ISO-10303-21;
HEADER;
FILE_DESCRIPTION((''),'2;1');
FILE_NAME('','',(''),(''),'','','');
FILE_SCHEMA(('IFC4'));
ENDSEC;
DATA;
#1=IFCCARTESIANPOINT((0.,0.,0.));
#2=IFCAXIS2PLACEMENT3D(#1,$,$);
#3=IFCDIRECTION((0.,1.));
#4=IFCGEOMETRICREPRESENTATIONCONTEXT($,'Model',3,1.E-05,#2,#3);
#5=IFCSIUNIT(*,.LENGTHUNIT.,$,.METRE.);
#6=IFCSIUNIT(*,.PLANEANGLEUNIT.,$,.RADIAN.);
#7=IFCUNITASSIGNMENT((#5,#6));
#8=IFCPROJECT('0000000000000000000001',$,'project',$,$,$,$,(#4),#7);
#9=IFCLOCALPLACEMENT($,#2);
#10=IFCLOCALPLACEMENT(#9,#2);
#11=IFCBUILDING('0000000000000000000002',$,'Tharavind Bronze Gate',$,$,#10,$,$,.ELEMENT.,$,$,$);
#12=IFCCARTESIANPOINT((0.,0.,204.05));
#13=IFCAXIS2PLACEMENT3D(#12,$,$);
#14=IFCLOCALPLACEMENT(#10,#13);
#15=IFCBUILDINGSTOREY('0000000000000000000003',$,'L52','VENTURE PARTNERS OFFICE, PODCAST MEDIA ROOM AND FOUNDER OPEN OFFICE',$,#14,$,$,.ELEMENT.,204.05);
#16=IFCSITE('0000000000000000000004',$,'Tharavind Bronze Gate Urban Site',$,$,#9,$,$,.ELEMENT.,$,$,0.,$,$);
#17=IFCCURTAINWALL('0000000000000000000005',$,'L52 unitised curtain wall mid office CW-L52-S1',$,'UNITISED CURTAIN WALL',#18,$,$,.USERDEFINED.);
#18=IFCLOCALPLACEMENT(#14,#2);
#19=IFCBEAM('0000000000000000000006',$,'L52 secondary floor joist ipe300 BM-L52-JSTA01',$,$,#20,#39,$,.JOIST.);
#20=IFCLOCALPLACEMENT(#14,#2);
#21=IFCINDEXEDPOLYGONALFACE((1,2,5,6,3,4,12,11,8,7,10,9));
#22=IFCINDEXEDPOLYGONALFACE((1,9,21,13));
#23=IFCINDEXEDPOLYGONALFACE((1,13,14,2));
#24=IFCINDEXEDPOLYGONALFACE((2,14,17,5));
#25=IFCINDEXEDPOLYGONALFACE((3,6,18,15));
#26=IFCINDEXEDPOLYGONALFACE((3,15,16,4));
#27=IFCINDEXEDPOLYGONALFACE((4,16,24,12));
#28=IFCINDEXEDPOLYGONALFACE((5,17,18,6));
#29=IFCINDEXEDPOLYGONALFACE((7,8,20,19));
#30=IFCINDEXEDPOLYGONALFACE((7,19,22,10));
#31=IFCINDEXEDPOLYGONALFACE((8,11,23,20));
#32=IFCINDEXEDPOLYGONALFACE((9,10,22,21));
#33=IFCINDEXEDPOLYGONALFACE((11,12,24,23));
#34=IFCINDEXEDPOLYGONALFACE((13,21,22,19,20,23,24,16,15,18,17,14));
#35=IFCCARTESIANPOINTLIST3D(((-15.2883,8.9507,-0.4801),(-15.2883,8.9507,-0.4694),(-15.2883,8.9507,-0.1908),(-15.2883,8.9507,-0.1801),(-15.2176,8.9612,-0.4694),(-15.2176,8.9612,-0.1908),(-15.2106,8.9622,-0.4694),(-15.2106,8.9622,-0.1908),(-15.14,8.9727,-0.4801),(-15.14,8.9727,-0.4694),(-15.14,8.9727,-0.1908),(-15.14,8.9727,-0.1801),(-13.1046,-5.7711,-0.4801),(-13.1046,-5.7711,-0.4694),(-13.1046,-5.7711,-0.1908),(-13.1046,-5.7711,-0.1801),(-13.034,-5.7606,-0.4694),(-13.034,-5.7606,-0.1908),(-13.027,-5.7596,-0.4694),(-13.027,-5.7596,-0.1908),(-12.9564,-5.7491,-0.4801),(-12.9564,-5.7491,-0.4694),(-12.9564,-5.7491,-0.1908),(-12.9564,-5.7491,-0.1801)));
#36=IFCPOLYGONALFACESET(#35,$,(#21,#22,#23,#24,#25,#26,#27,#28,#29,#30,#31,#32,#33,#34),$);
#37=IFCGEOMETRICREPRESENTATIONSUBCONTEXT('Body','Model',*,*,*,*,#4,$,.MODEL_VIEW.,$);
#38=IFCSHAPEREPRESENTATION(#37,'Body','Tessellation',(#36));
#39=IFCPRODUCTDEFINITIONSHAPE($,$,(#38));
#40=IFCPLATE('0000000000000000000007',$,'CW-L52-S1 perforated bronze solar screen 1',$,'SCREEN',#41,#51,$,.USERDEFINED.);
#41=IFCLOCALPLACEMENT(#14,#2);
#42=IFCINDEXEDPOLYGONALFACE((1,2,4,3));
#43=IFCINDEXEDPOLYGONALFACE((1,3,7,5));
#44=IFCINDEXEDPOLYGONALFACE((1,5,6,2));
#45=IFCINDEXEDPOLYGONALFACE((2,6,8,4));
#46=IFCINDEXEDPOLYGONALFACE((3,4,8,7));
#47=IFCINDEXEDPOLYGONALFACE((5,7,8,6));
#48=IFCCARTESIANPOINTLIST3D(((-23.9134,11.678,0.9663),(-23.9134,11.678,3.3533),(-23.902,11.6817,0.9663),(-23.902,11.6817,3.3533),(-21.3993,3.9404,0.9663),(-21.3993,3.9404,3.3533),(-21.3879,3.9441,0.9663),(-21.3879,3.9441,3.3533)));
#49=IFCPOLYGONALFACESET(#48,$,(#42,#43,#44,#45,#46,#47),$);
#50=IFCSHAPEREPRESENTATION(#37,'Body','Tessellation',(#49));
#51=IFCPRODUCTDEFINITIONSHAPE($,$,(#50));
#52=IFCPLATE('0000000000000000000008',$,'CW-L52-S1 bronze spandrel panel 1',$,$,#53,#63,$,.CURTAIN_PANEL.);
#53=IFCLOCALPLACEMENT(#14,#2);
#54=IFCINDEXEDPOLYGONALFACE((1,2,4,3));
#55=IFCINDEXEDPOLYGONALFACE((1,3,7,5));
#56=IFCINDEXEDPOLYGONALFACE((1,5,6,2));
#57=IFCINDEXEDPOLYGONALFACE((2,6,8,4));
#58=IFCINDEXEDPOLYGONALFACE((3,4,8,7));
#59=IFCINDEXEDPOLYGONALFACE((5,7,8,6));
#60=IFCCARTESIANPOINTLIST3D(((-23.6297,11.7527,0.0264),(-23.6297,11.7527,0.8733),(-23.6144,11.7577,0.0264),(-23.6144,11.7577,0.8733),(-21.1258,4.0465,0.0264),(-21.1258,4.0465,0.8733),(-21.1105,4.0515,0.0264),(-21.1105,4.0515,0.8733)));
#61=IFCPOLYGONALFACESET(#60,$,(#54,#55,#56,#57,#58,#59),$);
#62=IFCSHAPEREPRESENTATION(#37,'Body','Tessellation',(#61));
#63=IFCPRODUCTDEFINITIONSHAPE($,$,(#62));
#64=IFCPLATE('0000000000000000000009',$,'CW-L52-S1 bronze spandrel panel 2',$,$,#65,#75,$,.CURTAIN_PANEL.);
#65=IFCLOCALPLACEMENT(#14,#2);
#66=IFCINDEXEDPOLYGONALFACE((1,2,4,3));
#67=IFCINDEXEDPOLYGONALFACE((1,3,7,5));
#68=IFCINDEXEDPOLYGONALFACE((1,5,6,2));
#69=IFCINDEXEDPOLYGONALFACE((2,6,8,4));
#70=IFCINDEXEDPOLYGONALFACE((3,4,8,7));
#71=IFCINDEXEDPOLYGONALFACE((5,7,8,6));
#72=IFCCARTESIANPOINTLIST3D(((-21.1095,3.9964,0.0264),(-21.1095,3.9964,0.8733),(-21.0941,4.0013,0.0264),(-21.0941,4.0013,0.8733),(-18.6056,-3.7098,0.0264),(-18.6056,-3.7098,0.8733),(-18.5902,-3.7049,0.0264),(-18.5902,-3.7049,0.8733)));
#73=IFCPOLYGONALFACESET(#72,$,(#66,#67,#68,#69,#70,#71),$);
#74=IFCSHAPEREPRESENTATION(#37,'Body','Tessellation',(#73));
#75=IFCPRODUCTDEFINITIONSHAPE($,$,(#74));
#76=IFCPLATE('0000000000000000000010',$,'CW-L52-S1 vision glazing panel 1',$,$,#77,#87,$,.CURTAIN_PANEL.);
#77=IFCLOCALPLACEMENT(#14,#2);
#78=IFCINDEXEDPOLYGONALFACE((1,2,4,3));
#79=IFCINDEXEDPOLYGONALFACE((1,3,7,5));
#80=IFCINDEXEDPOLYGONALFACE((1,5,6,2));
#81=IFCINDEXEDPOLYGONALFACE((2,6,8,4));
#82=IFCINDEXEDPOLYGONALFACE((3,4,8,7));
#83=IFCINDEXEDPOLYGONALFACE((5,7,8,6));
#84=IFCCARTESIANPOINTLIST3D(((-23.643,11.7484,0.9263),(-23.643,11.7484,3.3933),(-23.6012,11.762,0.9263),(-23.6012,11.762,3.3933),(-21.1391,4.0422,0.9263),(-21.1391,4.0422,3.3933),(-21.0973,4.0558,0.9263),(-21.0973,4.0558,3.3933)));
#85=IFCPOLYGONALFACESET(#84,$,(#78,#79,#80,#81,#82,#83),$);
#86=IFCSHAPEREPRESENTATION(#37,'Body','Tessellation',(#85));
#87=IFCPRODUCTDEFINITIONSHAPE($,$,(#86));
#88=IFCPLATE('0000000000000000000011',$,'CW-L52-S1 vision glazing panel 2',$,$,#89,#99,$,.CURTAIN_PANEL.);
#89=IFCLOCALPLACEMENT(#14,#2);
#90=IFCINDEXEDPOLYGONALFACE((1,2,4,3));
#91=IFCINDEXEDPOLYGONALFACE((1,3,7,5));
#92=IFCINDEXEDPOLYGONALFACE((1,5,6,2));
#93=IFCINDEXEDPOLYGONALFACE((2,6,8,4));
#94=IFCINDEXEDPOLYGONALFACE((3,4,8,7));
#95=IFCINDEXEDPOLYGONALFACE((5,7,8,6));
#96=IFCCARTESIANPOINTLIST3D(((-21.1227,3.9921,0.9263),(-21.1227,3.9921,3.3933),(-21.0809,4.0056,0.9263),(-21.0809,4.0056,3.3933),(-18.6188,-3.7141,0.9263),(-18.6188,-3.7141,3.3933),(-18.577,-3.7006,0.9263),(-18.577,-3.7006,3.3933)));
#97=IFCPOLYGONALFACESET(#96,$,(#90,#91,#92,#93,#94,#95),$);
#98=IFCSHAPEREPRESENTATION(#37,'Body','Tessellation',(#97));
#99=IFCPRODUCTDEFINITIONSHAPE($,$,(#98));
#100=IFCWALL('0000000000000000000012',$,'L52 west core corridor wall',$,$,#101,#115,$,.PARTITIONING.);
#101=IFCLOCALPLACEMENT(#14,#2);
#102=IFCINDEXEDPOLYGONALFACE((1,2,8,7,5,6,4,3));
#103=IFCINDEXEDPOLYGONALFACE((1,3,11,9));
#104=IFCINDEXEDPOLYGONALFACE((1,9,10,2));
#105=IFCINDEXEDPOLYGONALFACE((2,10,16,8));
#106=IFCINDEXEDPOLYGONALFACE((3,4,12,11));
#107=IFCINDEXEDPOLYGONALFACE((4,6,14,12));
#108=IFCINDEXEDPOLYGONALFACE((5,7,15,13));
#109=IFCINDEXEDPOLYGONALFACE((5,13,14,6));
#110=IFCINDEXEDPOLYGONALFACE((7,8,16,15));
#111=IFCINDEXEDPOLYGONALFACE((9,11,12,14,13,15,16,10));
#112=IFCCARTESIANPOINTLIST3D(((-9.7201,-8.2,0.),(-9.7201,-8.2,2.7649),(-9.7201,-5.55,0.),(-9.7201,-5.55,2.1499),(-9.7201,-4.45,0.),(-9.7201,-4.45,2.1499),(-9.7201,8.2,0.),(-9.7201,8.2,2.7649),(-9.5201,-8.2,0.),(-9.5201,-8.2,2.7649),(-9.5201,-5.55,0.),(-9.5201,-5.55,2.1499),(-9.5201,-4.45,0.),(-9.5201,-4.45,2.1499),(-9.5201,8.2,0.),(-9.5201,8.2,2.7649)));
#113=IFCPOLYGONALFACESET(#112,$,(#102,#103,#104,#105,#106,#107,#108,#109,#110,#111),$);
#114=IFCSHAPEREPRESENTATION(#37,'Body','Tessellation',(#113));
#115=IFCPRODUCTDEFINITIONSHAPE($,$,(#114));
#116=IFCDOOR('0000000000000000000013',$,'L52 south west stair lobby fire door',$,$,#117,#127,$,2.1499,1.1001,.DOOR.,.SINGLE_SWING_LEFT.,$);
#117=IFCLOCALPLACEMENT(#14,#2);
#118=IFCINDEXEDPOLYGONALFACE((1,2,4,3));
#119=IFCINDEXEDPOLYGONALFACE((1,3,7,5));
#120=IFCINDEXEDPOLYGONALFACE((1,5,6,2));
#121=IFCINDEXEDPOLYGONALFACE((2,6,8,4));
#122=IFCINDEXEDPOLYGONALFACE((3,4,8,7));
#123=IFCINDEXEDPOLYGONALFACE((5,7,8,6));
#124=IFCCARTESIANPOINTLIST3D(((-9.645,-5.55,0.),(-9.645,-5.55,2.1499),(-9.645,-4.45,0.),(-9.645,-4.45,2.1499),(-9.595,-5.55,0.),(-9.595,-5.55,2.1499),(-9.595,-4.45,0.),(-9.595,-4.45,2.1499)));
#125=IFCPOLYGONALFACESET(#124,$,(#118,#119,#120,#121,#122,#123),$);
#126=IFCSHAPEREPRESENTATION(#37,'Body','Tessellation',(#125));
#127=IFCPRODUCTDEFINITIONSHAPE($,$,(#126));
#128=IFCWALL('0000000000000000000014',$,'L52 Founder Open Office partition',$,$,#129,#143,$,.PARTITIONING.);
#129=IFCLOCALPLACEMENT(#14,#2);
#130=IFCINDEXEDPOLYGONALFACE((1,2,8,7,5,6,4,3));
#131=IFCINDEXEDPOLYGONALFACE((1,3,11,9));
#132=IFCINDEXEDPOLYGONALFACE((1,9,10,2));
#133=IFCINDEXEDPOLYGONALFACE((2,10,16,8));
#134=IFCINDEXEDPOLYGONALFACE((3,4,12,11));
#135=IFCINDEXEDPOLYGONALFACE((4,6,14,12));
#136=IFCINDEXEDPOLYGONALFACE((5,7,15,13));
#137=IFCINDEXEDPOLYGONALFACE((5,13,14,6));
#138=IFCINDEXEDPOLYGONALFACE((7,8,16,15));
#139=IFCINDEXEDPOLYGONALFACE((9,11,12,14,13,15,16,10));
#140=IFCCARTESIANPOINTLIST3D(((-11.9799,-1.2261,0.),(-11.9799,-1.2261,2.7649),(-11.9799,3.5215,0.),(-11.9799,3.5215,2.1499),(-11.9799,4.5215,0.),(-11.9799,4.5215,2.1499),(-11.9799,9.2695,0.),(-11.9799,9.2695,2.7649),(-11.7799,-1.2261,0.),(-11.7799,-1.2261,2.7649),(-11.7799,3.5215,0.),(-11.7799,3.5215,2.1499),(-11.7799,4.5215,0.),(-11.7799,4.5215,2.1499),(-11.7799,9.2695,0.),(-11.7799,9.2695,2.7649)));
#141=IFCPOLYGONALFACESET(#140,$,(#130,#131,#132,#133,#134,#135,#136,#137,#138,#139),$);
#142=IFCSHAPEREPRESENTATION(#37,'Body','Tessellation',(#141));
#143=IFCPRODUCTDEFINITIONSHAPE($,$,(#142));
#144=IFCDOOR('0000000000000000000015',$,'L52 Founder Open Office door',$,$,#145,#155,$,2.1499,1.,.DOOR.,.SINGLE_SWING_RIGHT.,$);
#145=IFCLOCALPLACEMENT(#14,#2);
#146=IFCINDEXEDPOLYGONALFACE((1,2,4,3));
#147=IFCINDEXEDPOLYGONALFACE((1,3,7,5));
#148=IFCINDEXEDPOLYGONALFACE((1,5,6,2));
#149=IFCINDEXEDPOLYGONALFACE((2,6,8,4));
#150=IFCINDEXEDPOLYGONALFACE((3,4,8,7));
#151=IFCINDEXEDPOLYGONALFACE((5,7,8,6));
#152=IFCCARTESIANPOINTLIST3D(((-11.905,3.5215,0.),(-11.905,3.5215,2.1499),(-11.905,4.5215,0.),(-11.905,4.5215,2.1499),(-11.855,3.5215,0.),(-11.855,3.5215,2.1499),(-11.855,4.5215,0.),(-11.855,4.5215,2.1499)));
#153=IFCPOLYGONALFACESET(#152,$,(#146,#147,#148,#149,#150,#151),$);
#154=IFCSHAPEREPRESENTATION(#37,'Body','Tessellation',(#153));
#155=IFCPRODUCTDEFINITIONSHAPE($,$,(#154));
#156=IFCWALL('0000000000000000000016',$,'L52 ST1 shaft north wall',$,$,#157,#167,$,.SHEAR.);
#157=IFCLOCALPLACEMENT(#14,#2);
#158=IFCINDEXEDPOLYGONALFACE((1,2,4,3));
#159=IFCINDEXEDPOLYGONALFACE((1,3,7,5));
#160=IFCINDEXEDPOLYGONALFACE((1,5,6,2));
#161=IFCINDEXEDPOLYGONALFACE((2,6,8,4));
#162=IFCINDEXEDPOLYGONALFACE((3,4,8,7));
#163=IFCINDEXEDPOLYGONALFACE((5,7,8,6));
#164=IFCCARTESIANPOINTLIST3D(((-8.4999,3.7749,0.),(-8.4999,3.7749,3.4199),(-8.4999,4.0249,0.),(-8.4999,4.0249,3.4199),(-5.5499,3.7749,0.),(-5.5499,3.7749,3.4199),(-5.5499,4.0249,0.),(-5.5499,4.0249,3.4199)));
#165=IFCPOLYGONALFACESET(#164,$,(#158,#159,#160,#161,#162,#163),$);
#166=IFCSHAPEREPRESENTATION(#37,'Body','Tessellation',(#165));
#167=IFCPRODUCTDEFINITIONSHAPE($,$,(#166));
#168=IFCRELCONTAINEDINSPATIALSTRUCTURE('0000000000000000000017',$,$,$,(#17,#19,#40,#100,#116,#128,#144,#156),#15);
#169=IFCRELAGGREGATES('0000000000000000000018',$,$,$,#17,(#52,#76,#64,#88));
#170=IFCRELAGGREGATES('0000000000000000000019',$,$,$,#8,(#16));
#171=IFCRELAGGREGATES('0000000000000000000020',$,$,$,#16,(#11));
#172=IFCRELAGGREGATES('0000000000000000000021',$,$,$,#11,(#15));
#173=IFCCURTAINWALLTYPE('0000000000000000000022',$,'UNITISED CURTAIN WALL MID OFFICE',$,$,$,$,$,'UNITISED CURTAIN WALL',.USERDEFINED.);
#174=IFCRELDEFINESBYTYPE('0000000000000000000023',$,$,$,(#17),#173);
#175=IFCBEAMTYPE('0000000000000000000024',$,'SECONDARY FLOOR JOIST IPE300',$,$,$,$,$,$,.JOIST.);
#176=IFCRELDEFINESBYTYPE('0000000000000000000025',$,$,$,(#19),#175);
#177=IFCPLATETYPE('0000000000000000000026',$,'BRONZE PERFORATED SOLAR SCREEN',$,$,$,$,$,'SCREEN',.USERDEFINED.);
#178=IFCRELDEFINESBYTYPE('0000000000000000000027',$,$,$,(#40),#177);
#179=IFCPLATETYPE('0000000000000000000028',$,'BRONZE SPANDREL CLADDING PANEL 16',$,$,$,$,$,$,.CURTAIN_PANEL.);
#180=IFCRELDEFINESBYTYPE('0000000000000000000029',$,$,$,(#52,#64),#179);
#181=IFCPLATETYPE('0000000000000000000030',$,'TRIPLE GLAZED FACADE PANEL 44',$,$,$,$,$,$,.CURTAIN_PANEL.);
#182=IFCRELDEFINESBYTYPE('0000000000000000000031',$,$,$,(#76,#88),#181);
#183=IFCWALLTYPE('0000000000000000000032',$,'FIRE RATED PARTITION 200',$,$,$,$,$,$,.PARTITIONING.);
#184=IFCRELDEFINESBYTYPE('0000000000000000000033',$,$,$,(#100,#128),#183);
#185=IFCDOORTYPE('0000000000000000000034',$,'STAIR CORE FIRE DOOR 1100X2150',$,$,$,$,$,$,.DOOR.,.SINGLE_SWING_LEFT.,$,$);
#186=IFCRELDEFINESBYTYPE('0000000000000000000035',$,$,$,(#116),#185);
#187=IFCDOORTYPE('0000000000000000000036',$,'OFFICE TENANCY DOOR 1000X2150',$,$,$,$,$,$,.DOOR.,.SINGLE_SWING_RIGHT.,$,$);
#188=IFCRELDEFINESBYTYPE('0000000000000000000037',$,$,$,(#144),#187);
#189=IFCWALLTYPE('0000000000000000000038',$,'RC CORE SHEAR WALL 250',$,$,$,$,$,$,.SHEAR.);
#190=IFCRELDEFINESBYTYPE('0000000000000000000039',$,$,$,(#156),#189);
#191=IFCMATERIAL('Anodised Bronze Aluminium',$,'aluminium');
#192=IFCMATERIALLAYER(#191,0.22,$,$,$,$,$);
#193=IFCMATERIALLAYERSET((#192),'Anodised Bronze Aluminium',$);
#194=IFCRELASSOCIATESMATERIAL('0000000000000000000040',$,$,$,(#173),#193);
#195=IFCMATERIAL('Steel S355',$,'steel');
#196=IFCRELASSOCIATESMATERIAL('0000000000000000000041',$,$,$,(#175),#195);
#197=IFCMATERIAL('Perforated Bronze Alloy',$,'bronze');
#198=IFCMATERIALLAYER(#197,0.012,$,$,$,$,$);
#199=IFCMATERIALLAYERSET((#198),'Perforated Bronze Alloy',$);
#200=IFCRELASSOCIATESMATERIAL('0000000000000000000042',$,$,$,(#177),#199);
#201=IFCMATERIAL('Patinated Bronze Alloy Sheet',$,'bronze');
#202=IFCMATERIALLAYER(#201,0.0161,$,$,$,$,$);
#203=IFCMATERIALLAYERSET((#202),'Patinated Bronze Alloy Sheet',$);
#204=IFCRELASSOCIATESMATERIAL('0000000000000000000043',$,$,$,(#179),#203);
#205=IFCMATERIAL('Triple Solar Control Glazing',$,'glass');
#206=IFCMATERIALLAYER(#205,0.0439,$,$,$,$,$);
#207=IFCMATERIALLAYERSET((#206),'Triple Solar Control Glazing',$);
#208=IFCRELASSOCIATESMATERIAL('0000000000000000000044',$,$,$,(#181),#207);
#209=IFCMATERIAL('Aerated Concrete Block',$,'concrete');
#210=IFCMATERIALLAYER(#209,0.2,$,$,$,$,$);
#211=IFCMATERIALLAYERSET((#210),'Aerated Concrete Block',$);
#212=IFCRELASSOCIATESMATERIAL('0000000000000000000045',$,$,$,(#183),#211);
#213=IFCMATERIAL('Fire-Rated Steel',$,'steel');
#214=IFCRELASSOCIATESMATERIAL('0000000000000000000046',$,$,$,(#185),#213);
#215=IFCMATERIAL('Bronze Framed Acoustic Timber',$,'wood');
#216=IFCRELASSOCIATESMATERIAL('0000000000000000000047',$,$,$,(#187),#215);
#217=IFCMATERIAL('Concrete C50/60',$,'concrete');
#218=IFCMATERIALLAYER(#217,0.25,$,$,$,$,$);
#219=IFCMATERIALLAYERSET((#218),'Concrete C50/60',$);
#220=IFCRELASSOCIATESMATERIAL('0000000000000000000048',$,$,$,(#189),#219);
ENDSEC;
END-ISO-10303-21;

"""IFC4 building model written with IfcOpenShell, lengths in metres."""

from ifc_helpers import new_model, si_unit, direction, frame, frame_2d, origin, origin_2d, place, context, subcontext, project, spatial, rectangle, i_section, extrude, material, layer, layer_set, material_profile, profile_set, type_object, element, fill, aggregate, save


model = new_model("IFC4")

# Units and contexts
model_context = context("Model", 3, precision=1e-05, world=origin(), true_north=direction((0.0, 1.0)))
body_context = subcontext(model_context, "Body", "Model", "MODEL_VIEW")
ifc_project = project(units=[si_unit("LENGTHUNIT", "METRE"), si_unit("PLANEANGLEUNIT", "RADIAN")], contexts=[model_context])

# Site, building, storey
site_placement = place(None, origin())
site = spatial("IfcSite", under=ifc_project, at=site_placement, Name="Tharavind Bronze Gate Urban Site", CompositionType="ELEMENT", RefElevation=0.0)
building_placement = place(site_placement, origin())
building = spatial("IfcBuilding", under=site, at=building_placement, Name="Tharavind Bronze Gate", CompositionType="ELEMENT")
storey_placement = place(building_placement, frame((0.0, 0.0, 204.05)))
storey = spatial("IfcBuildingStorey", under=building, at=storey_placement, Name="L52", Description="VENTURE PARTNERS OFFICE, PODCAST MEDIA ROOM AND FOUNDER OPEN OFFICE", CompositionType="ELEMENT", Elevation=204.05)

# Curtain wall
ifc_material_1 = material(Name="Anodised Bronze Aluminium", Category="aluminium")
ifc_layer_1 = layer(ifc_material_1, 0.22)
ifc_layer_set_1 = layer_set([ifc_layer_1], Name="Anodised Bronze Aluminium")
curtain_wall_type = type_object("IfcCurtainWallType", Name="UNITISED CURTAIN WALL MID OFFICE", ElementType="UNITISED CURTAIN WALL", PredefinedType="USERDEFINED", material=ifc_layer_set_1)
curtain_wall_placement = place(storey_placement, origin())
curtain_wall = element("IfcCurtainWall", 1, at=curtain_wall_placement, inside=storey, type_object=curtain_wall_type, Name="L52 unitised curtain wall mid office CW-L52-S1", ObjectType="UNITISED CURTAIN WALL", PredefinedType="USERDEFINED")

# Beam
ifc_material_2 = material(Name="Steel S355", Category="steel")
ifc_material_profile_1 = material_profile(ifc_material_2, i_section(OverallWidth=0.1499, OverallDepth=0.3, WebThickness=0.0071, FlangeThickness=0.0107, at=origin_2d()), Name="IPE300")
ifc_profile_set_1 = profile_set([ifc_material_profile_1], Name="Steel S355")
beam_type_1 = type_object("IfcBeamType", Name="SECONDARY FLOOR JOIST IPE300", PredefinedType="JOIST", material=ifc_profile_set_1)
beam_1_placement = place(storey_placement, frame((-15.2141, 8.9617, -0.3301), z_axis=(0.14672, -0.989178, 0.0), x_axis=(0.989178, 0.14672, 0.0)))
element("IfcBeam", 2, at=beam_1_placement, inside=storey, type_object=beam_type_1, Name="L52 secondary floor joist ipe300 BM-L52-JSTA01", PredefinedType="JOIST", context=body_context, shape_type="SweptSolid", body=[
    extrude(i_section(OverallWidth=0.1499, OverallDepth=0.3, WebThickness=0.0071, FlangeThickness=0.0107, at=origin_2d()), origin(), (0.0, 0.0, 1.0), 14.8828),
])

# Plates
ifc_material_3 = material(Name="Perforated Bronze Alloy", Category="bronze")
ifc_layer_2 = layer(ifc_material_3, 0.012)
ifc_layer_set_2 = layer_set([ifc_layer_2], Name="Perforated Bronze Alloy")
plate_type_1 = type_object("IfcPlateType", Name="BRONZE PERFORATED SOLAR SCREEN", ElementType="SCREEN", PredefinedType="USERDEFINED", material=ifc_layer_set_2)
plate_1_placement = place(storey_placement, frame((-22.6506, 7.811, 0.9663), z_axis=(0.0, 0.0, 1.0), x_axis=(0.309017, -0.951057, 0.0)))
element("IfcPlate", 3, at=plate_1_placement, inside=storey, type_object=plate_type_1, Name="CW-L52-S1 perforated bronze solar screen 1", ObjectType="SCREEN", PredefinedType="USERDEFINED", context=body_context, shape_type="SweptSolid", body=[
    extrude(rectangle(XDim=8.1357, YDim=0.012, at=origin_2d()), origin(), (0.0, 0.0, 1.0), 2.387),
])
ifc_material_4 = material(Name="Patinated Bronze Alloy Sheet", Category="bronze")
ifc_layer_3 = layer(ifc_material_4, 0.0161)
ifc_layer_set_3 = layer_set([ifc_layer_3], Name="Patinated Bronze Alloy Sheet")
plate_type_2 = type_object("IfcPlateType", Name="BRONZE SPANDREL CLADDING PANEL 16", PredefinedType="CURTAIN_PANEL", material=ifc_layer_set_3)
plate_2_placement = place(storey_placement, frame((-22.3701, 7.9021, 0.0264), z_axis=(0.0, 0.0, 1.0), x_axis=(0.309017, -0.951057, 0.0)))
plate_2 = element("IfcPlate", 4, at=plate_2_placement, type_object=plate_type_2, Name="CW-L52-S1 bronze spandrel panel 1", PredefinedType="CURTAIN_PANEL", context=body_context, shape_type="SweptSolid", body=[
    extrude(rectangle(XDim=8.1028, YDim=0.0161, at=origin_2d()), origin(), (0.0, 0.0, 1.0), 0.8469),
])
plate_3_placement = place(storey_placement, frame((-19.8499, 0.1458, 0.0264), z_axis=(0.0, 0.0, 1.0), x_axis=(0.309017, -0.951057, 0.0)))
plate_3 = element("IfcPlate", 5, at=plate_3_placement, type_object=plate_type_2, Name="CW-L52-S1 bronze spandrel panel 2", PredefinedType="CURTAIN_PANEL", context=body_context, shape_type="SweptSolid", body=[
    extrude(rectangle(XDim=8.1028, YDim=0.0161, at=origin_2d()), origin(), (0.0, 0.0, 1.0), 0.8469),
])
ifc_material_5 = material(Name="Triple Solar Control Glazing", Category="glass")
ifc_layer_4 = layer(ifc_material_5, 0.0439)
ifc_layer_set_4 = layer_set([ifc_layer_4], Name="Triple Solar Control Glazing")
plate_type_3 = type_object("IfcPlateType", Name="TRIPLE GLAZED FACADE PANEL 44", PredefinedType="CURTAIN_PANEL", material=ifc_layer_set_4)
plate_4_placement = place(storey_placement, frame((-22.3701, 7.9021, 0.9263), z_axis=(0.0, 0.0, 1.0), x_axis=(0.309017, -0.951057, 0.0)))
plate_4 = element("IfcPlate", 6, at=plate_4_placement, type_object=plate_type_3, Name="CW-L52-S1 vision glazing panel 1", PredefinedType="CURTAIN_PANEL", context=body_context, shape_type="SweptSolid", body=[
    extrude(rectangle(XDim=8.1028, YDim=0.0439, at=origin_2d()), origin(), (0.0, 0.0, 1.0), 2.467),
])
plate_5_placement = place(storey_placement, frame((-19.8499, 0.1458, 0.9263), z_axis=(0.0, 0.0, 1.0), x_axis=(0.309017, -0.951057, 0.0)))
plate_5 = element("IfcPlate", 7, at=plate_5_placement, type_object=plate_type_3, Name="CW-L52-S1 vision glazing panel 2", PredefinedType="CURTAIN_PANEL", context=body_context, shape_type="SweptSolid", body=[
    extrude(rectangle(XDim=8.1028, YDim=0.0439, at=origin_2d()), origin(), (0.0, 0.0, 1.0), 2.467),
])
aggregate(curtain_wall, [plate_2, plate_4, plate_3, plate_5])

# Walls, openings, doors
ifc_material_6 = material(Name="Aerated Concrete Block", Category="concrete")
ifc_layer_5 = layer(ifc_material_6, 0.2)
ifc_layer_set_5 = layer_set([ifc_layer_5], Name="Aerated Concrete Block")
wall_type_1 = type_object("IfcWallType", Name="FIRE RATED PARTITION 200", PredefinedType="PARTITIONING", material=ifc_layer_set_5)
wall_1_placement = place(storey_placement, frame((-9.6201, 8.2, 0.0), z_axis=(0.0, 0.0, 1.0), x_axis=(0.0, -1.0, 0.0)))
wall_1 = element("IfcWall", 8, at=wall_1_placement, inside=storey, type_object=wall_type_1, Name="L52 west core corridor wall", PredefinedType="PARTITIONING", context=body_context, shape_type="SweptSolid", body=[
    extrude(rectangle(XDim=16.3999, YDim=0.2, at=frame_2d((8.2, 0.0))), origin(), (0.0, 0.0, 1.0), 2.7649),
])
opening_1_placement = place(wall_1_placement, frame((12.6499, 0.0, 0.0)))
opening_1 = element("IfcOpeningElement", 9, at=opening_1_placement, cuts=wall_1, PredefinedType="OPENING", context=body_context, shape_type="SweptSolid", body=[
    extrude(rectangle(XDim=1.1001, YDim=2.1499, at=frame_2d((0.55, 1.075))), frame((0.0, 0.1101, 0.0), z_axis=(0.0, -1.0, 0.0), x_axis=(1.0, 0.0, 0.0)), (0.0, 0.0, 1.0), 0.22),
])
ifc_material_7 = material(Name="Fire-Rated Steel", Category="steel")
door_type_1 = type_object("IfcDoorType", Name="STAIR CORE FIRE DOOR 1100X2150", OperationType="SINGLE_SWING_LEFT", PredefinedType="DOOR", material=ifc_material_7)
door_1_placement = place(opening_1_placement, frame((1.1001, 0.0, 0.0), z_axis=(0.0, 0.0, 1.0), x_axis=(-1.0, 0.0, 0.0)))
door_1 = element("IfcDoor", 10, at=door_1_placement, inside=storey, type_object=door_type_1, Name="L52 south west stair lobby fire door", OperationType="SINGLE_SWING_LEFT", OverallHeight=2.1499, OverallWidth=1.1001, PredefinedType="DOOR", context=body_context, shape_type="SweptSolid", body=[
    extrude(rectangle(XDim=1.1001, YDim=2.1499, at=frame_2d((0.55, 1.075))), frame((0.0, 0.0249, 0.0), z_axis=(0.0, -1.0, 0.0), x_axis=(1.0, 0.0, 0.0)), (0.0, 0.0, 1.0), 0.05),
])
fill(opening_1, door_1)
wall_2_placement = place(storey_placement, frame((-11.8799, 9.2695, 0.0), z_axis=(0.0, 0.0, 1.0), x_axis=(0.0, -1.0, 0.0)))
wall_2 = element("IfcWall", 11, at=wall_2_placement, inside=storey, type_object=wall_type_1, Name="L52 Founder Open Office partition", PredefinedType="PARTITIONING", context=body_context, shape_type="SweptSolid", body=[
    extrude(rectangle(XDim=10.4956, YDim=0.2, at=frame_2d((5.2478, 0.0))), origin(), (0.0, 0.0, 1.0), 2.7649),
])
opening_2_placement = place(wall_2_placement, frame((4.748, 0.0, 0.0)))
opening_2 = element("IfcOpeningElement", 12, at=opening_2_placement, cuts=wall_2, PredefinedType="OPENING", context=body_context, shape_type="SweptSolid", body=[
    extrude(rectangle(XDim=1.0, YDim=2.1499, at=frame_2d((0.5, 1.075))), frame((0.0, 0.1101, 0.0), z_axis=(0.0, -1.0, 0.0), x_axis=(1.0, 0.0, 0.0)), (0.0, 0.0, 1.0), 0.22),
])
ifc_material_8 = material(Name="Bronze Framed Acoustic Timber", Category="wood")
door_type_2 = type_object("IfcDoorType", Name="OFFICE TENANCY DOOR 1000X2150", OperationType="SINGLE_SWING_RIGHT", PredefinedType="DOOR", material=ifc_material_8)
door_2_placement = place(opening_2_placement, origin())
door_2 = element("IfcDoor", 13, at=door_2_placement, inside=storey, type_object=door_type_2, Name="L52 Founder Open Office door", OperationType="SINGLE_SWING_RIGHT", OverallHeight=2.1499, OverallWidth=1.0, PredefinedType="DOOR", context=body_context, shape_type="SweptSolid", body=[
    extrude(rectangle(XDim=1.0, YDim=2.1499, at=frame_2d((0.5, 1.075))), frame((0.0, 0.0249, 0.0), z_axis=(0.0, -1.0, 0.0), x_axis=(1.0, 0.0, 0.0)), (0.0, 0.0, 1.0), 0.05),
])
fill(opening_2, door_2)

# Wall
ifc_material_9 = material(Name="Concrete C50/60", Category="concrete")
ifc_layer_6 = layer(ifc_material_9, 0.25)
ifc_layer_set_6 = layer_set([ifc_layer_6], Name="Concrete C50/60")
wall_type_2 = type_object("IfcWallType", Name="RC CORE SHEAR WALL 250", PredefinedType="SHEAR", material=ifc_layer_set_6)
wall_3_placement = place(storey_placement, frame((-8.5, 3.8999, 0.0), z_axis=(0.0, 0.0, 1.0), x_axis=(1.0, 0.0, 0.0)))
element("IfcWall", 14, at=wall_3_placement, inside=storey, type_object=wall_type_2, Name="L52 ST1 shaft north wall", PredefinedType="SHEAR", context=body_context, shape_type="SweptSolid", body=[
    extrude(rectangle(XDim=2.95, YDim=0.25, at=frame_2d((1.4751, 0.0))), origin(), (0.0, 0.0, 1.0), 3.4199),
])

save(model, "model.ifc")
